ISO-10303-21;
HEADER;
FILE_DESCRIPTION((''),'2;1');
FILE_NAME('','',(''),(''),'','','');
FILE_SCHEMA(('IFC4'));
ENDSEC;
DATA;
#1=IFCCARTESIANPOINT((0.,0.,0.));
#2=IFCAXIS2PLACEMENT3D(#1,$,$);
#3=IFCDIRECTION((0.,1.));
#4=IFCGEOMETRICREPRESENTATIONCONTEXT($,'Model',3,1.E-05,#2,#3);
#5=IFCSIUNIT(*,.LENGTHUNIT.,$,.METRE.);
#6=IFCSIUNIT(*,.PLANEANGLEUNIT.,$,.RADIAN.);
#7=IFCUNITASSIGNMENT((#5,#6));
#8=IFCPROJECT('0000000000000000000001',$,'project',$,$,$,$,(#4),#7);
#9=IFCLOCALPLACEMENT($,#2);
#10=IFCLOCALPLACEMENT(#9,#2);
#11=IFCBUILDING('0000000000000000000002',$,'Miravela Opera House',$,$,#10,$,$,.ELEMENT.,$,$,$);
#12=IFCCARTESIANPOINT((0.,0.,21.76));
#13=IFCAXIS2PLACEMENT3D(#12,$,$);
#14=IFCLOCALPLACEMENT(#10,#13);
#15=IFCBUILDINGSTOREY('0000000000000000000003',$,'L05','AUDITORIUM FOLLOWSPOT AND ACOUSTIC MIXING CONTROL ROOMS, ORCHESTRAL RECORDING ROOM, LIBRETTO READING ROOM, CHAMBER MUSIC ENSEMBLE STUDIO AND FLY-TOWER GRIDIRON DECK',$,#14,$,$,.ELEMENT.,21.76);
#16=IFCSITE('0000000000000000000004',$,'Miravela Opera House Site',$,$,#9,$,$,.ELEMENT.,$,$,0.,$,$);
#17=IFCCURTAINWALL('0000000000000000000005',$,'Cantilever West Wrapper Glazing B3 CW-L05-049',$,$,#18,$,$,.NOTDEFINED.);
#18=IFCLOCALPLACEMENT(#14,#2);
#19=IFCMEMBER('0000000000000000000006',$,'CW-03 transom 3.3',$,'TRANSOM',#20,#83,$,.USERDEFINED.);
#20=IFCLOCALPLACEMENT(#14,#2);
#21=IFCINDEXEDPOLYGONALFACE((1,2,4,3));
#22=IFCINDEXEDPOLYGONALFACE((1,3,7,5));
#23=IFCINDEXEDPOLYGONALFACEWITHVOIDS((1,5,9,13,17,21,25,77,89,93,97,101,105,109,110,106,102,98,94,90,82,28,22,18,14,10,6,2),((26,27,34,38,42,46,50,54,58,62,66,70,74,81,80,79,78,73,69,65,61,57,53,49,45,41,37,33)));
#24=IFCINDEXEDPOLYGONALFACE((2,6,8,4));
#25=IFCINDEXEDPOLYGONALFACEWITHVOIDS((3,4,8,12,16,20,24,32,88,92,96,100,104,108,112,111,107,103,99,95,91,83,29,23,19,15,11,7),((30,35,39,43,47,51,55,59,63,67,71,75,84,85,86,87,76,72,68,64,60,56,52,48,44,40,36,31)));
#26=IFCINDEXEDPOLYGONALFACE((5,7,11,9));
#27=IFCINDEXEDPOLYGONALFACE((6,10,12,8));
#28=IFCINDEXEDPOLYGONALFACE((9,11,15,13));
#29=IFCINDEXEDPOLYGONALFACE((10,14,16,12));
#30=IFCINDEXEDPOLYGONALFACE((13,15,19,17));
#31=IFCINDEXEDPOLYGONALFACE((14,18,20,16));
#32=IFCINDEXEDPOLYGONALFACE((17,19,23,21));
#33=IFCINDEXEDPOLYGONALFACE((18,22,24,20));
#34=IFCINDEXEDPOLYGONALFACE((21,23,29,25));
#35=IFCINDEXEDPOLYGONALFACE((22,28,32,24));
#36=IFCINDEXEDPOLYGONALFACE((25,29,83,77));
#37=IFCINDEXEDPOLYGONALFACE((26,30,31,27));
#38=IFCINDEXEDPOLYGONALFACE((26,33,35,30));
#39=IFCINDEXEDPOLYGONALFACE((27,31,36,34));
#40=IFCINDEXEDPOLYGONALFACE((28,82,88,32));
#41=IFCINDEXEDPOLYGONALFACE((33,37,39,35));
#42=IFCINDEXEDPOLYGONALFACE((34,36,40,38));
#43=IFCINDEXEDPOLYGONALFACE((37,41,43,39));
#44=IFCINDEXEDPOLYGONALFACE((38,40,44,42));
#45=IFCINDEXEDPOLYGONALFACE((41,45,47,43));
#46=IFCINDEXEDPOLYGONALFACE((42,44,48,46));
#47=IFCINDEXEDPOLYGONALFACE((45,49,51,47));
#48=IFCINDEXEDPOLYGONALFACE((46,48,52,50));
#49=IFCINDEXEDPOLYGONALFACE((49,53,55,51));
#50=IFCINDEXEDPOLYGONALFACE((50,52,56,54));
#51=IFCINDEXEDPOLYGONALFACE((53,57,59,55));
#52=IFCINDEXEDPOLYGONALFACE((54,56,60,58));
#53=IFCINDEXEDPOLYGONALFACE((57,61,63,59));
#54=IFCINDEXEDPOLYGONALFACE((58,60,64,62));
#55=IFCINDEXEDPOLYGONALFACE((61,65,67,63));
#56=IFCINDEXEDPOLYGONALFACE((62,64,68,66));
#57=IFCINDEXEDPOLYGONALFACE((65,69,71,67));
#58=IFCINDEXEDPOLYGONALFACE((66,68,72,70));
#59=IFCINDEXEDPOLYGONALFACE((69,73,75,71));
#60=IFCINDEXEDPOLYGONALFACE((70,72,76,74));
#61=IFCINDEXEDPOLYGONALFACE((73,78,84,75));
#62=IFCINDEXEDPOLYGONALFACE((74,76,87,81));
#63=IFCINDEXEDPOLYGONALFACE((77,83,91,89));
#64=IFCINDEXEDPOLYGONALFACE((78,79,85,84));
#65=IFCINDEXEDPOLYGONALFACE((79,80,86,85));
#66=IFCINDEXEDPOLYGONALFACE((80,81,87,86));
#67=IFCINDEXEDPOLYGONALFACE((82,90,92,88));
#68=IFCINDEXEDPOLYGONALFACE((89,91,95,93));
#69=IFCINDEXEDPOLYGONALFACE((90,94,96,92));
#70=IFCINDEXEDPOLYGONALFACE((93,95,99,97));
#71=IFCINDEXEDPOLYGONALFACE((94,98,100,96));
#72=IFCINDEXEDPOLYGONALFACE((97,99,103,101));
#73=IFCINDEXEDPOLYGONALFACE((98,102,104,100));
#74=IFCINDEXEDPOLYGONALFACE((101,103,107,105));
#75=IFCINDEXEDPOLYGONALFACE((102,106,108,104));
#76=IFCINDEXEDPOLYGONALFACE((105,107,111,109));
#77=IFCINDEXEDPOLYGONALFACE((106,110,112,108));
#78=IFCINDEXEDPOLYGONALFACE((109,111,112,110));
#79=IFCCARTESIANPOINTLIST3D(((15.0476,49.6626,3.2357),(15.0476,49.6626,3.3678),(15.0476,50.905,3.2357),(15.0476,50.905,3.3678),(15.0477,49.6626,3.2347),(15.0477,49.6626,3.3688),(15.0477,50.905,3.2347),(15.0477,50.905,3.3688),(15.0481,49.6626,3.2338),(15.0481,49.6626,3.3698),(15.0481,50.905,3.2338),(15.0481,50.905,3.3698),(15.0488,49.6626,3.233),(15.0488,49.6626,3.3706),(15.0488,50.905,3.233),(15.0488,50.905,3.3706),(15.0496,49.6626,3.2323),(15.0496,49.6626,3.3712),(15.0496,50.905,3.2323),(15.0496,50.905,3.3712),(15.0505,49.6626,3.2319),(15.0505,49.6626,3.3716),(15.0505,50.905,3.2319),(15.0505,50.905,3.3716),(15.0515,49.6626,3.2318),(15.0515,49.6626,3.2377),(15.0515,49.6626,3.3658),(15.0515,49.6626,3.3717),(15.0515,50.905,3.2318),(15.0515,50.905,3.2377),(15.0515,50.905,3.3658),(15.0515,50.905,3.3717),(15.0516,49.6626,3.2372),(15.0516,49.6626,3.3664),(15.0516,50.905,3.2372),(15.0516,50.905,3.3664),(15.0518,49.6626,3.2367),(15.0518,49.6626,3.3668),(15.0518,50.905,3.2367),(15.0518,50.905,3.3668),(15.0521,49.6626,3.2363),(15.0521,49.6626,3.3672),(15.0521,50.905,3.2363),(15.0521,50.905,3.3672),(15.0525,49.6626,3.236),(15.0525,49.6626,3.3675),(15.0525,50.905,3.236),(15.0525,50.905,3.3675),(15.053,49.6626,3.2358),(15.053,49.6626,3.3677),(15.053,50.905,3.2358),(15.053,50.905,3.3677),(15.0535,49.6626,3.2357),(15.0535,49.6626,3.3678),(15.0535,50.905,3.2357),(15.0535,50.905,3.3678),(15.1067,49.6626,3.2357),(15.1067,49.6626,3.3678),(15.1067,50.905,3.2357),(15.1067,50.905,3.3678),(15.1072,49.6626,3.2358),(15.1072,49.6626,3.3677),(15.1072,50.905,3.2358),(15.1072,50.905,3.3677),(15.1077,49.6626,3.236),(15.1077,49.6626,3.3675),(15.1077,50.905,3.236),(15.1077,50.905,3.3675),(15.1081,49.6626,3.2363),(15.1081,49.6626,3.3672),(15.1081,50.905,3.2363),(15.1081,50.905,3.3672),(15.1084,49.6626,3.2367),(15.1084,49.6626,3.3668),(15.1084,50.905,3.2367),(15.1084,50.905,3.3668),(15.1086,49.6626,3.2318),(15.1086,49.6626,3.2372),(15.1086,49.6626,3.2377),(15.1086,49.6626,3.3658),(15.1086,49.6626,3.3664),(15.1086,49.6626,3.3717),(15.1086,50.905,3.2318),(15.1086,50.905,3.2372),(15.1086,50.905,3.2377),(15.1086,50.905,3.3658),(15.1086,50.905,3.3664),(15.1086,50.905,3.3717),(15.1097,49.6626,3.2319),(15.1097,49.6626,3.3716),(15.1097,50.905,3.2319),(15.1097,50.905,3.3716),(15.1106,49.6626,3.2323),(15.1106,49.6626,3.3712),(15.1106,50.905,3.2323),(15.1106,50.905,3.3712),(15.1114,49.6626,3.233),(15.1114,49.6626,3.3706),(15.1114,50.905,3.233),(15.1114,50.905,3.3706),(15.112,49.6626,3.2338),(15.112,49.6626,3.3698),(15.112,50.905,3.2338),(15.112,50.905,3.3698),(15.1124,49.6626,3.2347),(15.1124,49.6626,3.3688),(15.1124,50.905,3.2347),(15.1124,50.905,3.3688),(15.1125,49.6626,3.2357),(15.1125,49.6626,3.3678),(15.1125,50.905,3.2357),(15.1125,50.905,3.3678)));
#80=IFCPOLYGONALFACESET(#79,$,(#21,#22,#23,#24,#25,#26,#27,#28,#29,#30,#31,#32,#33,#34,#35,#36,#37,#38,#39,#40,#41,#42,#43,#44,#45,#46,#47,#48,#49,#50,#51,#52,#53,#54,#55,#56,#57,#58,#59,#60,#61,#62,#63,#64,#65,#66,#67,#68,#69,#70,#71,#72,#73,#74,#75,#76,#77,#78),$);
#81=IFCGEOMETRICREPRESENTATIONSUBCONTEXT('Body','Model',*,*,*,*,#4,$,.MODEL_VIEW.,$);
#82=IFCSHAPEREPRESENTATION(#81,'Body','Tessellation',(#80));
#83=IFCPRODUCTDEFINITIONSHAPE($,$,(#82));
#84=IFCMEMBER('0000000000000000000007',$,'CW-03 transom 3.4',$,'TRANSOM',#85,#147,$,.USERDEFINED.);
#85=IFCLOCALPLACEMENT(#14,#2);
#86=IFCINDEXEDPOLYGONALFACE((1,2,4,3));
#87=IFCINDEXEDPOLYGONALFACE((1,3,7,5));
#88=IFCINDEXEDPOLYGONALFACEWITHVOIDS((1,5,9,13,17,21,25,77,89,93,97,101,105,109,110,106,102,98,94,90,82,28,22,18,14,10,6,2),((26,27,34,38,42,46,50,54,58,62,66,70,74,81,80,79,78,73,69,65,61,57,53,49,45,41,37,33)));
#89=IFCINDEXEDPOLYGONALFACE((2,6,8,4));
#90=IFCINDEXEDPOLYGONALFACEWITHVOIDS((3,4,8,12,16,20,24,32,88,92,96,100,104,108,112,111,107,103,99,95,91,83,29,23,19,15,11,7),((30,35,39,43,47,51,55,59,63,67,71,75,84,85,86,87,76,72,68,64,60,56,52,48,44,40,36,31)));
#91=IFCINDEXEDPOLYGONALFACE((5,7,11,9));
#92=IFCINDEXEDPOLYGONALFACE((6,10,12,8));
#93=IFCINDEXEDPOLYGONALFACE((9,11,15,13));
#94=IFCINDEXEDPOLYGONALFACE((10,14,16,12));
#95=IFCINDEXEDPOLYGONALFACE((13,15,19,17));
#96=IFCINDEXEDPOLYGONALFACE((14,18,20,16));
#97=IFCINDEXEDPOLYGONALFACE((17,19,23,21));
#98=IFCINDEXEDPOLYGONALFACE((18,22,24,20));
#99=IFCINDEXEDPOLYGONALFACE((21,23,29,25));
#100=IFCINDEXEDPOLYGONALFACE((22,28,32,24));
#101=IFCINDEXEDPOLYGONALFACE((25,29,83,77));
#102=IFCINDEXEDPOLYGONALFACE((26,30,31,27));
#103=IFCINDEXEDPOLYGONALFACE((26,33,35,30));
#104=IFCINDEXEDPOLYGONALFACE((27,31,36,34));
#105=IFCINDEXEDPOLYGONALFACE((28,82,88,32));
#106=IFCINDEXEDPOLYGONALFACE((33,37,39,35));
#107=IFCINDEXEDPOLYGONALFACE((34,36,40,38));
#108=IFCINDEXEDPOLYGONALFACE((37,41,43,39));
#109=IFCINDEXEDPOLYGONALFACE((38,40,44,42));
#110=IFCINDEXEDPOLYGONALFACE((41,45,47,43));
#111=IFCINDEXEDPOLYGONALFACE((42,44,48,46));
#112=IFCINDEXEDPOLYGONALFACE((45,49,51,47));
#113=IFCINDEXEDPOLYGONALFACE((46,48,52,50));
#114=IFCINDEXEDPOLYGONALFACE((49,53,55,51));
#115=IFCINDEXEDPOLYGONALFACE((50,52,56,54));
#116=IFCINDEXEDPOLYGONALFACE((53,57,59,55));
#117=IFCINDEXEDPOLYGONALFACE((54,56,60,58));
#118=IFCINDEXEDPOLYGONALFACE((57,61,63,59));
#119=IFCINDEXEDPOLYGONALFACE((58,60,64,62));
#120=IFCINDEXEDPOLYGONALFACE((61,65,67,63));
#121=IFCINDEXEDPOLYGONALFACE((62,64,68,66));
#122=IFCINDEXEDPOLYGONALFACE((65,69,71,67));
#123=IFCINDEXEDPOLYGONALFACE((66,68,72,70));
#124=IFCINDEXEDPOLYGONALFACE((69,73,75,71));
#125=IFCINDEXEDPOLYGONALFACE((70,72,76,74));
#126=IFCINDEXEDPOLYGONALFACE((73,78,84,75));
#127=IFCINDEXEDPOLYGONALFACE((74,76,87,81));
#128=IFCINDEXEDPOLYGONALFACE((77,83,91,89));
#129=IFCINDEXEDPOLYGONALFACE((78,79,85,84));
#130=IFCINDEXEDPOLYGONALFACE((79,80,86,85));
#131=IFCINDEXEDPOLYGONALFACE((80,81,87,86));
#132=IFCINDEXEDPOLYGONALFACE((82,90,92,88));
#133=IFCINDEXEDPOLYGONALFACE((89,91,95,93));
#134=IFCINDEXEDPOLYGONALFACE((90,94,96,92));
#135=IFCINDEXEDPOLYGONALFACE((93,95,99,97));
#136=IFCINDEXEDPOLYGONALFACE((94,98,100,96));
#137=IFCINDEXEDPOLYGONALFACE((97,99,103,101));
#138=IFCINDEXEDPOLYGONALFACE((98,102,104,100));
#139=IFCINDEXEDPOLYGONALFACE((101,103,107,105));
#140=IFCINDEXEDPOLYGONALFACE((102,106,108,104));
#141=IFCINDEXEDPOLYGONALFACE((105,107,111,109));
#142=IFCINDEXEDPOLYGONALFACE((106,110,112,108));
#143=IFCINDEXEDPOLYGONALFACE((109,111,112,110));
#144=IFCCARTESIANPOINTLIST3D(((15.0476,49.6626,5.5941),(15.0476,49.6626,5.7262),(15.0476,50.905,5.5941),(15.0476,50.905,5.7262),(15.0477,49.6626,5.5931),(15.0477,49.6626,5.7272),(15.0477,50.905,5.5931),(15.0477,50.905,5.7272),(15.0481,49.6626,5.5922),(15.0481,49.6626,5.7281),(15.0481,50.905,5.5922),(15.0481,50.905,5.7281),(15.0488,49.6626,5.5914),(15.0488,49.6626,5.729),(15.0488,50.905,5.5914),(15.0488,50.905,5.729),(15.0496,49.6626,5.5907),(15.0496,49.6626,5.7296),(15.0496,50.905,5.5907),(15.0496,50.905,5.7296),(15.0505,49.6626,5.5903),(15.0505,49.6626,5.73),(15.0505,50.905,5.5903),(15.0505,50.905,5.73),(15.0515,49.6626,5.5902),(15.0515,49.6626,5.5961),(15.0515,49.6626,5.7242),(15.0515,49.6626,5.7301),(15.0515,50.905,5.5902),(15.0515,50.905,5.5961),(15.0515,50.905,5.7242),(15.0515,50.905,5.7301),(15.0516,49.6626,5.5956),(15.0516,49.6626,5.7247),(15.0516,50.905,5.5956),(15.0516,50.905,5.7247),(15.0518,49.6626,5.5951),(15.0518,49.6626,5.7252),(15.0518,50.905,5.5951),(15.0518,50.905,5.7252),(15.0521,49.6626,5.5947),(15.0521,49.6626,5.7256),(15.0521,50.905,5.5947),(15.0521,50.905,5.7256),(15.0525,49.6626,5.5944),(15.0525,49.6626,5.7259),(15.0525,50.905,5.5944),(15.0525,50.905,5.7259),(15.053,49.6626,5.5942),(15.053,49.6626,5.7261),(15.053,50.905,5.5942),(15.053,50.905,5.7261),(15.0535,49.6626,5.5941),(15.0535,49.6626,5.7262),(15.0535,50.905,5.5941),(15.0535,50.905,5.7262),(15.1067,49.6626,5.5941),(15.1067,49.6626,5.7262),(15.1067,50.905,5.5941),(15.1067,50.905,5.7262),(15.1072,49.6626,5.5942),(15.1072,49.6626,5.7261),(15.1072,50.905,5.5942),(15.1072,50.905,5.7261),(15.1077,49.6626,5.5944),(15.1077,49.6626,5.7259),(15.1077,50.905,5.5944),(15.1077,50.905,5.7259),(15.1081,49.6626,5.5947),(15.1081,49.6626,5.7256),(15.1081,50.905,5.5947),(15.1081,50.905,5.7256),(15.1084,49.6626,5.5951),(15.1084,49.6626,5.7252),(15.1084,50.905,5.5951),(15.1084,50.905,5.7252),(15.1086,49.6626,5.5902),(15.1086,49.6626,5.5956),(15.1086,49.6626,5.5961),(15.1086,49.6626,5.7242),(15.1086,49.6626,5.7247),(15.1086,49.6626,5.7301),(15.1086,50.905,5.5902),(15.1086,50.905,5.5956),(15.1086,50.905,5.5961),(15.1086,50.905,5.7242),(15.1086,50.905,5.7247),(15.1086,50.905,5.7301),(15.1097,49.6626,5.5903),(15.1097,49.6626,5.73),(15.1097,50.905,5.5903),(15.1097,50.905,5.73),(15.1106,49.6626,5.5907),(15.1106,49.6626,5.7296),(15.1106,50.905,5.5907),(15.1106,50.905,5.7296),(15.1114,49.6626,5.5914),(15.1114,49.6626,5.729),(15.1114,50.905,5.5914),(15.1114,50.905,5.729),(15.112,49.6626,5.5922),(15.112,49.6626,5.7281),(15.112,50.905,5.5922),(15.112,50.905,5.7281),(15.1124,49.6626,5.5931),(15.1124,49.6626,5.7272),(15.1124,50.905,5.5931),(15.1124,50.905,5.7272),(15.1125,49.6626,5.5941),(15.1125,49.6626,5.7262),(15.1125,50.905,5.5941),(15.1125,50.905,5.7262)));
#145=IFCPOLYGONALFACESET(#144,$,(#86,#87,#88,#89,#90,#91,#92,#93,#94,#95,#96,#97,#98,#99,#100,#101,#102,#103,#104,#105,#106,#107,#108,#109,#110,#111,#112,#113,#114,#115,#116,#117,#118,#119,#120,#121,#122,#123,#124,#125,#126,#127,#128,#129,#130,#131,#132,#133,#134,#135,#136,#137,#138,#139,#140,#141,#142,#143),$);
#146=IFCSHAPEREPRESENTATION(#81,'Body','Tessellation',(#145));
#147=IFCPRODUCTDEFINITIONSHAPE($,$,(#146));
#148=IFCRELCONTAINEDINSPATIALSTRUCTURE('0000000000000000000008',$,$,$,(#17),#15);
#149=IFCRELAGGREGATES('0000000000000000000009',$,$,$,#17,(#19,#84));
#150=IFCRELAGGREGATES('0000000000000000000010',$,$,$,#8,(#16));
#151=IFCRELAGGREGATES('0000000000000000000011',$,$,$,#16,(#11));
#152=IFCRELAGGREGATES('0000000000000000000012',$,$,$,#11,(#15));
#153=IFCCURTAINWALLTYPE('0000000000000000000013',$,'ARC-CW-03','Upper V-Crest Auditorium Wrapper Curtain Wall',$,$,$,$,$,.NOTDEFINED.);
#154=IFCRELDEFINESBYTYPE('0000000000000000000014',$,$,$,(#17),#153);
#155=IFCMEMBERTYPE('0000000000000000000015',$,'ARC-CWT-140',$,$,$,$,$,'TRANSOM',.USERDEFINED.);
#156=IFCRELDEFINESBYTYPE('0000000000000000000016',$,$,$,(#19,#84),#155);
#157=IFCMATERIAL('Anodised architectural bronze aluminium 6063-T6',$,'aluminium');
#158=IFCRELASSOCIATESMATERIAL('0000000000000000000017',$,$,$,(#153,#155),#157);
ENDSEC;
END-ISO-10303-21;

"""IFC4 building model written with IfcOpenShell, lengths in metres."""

from ifc_helpers import new_model, si_unit, direction, frame, origin, origin_2d, place, context, subcontext, project, spatial, hollow_rectangle, extrude, material, material_profile, profile_set, type_object, element, aggregate, save


model = new_model("IFC4")

# Units and contexts
model_context = context("Model", 3, precision=1e-05, world=origin(), true_north=direction((0.0, 1.0)))
body_context = subcontext(model_context, "Body", "Model", "MODEL_VIEW")
ifc_project = project(units=[si_unit("LENGTHUNIT", "METRE"), si_unit("PLANEANGLEUNIT", "RADIAN")], contexts=[model_context])

# Site, building, storey
site_placement = place(None, origin())
site = spatial("IfcSite", under=ifc_project, at=site_placement, Name="Miravela Opera House Site", CompositionType="ELEMENT", RefElevation=0.0)
building_placement = place(site_placement, origin())
building = spatial("IfcBuilding", under=site, at=building_placement, Name="Miravela Opera House", CompositionType="ELEMENT")
storey_placement = place(building_placement, frame((0.0, 0.0, 21.76)))
storey = spatial("IfcBuildingStorey", under=building, at=storey_placement, Name="L05", Description="AUDITORIUM FOLLOWSPOT AND ACOUSTIC MIXING CONTROL ROOMS, ORCHESTRAL RECORDING ROOM, LIBRETTO READING ROOM, CHAMBER MUSIC ENSEMBLE STUDIO AND FLY-TOWER GRIDIRON DECK", CompositionType="ELEMENT", Elevation=21.76)

# Curtain wall
ifc_material_1 = material(Name="Anodised architectural bronze aluminium 6063-T6", Category="aluminium")
curtain_wall_type = type_object("IfcCurtainWallType", Name="ARC-CW-03", Description="Upper V-Crest Auditorium Wrapper Curtain Wall", PredefinedType="NOTDEFINED", material=ifc_material_1)
curtain_wall_1_placement = place(storey_placement, origin())
curtain_wall_1 = element("IfcCurtainWall", 1, at=curtain_wall_1_placement, inside=storey, type_object=curtain_wall_type, Name="Cantilever West Wrapper Glazing B3 CW-L05-049", PredefinedType="NOTDEFINED")

# Members
ifc_material_profile_1 = material_profile(ifc_material_1, hollow_rectangle(XDim=0.0649, YDim=0.1399, WallThickness=0.0039, InnerFilletRadius=0.002, OuterFilletRadius=0.0039, at=origin_2d()), Name="CWT-65X140")
ifc_profile_set_1 = profile_set([ifc_material_profile_1])
member_type_1 = type_object("IfcMemberType", Name="ARC-CWT-140", ElementType="TRANSOM", PredefinedType="USERDEFINED", material=ifc_profile_set_1)
member_1_placement = place(storey_placement, frame((15.0801, 49.6626, 3.3018), z_axis=(0.0, 1.0, 0.0), x_axis=(-1.0, 0.0, 0.0)))
member_1 = element("IfcMember", 2, at=member_1_placement, type_object=member_type_1, Name="CW-03 transom 3.3", ObjectType="TRANSOM", PredefinedType="USERDEFINED", context=body_context, shape_type="SweptSolid", body=[
    extrude(hollow_rectangle(XDim=0.0649, YDim=0.1399, WallThickness=0.0039, InnerFilletRadius=0.002, OuterFilletRadius=0.0039, at=origin_2d()), origin(), (0.0, 0.0, 1.0), 1.2424),
])
member_2_placement = place(storey_placement, frame((15.0801, 49.6626, 5.6602), z_axis=(0.0, 1.0, 0.0), x_axis=(-1.0, 0.0, 0.0)))
member_2 = element("IfcMember", 3, at=member_2_placement, type_object=member_type_1, Name="CW-03 transom 3.4", ObjectType="TRANSOM", PredefinedType="USERDEFINED", context=body_context, shape_type="SweptSolid", body=[
    extrude(hollow_rectangle(XDim=0.0649, YDim=0.1399, WallThickness=0.0039, InnerFilletRadius=0.002, OuterFilletRadius=0.0039, at=origin_2d()), origin(), (0.0, 0.0, 1.0), 1.2424),
])

aggregate(curtain_wall_1, [member_1, member_2])

save(model, "model.ifc")
